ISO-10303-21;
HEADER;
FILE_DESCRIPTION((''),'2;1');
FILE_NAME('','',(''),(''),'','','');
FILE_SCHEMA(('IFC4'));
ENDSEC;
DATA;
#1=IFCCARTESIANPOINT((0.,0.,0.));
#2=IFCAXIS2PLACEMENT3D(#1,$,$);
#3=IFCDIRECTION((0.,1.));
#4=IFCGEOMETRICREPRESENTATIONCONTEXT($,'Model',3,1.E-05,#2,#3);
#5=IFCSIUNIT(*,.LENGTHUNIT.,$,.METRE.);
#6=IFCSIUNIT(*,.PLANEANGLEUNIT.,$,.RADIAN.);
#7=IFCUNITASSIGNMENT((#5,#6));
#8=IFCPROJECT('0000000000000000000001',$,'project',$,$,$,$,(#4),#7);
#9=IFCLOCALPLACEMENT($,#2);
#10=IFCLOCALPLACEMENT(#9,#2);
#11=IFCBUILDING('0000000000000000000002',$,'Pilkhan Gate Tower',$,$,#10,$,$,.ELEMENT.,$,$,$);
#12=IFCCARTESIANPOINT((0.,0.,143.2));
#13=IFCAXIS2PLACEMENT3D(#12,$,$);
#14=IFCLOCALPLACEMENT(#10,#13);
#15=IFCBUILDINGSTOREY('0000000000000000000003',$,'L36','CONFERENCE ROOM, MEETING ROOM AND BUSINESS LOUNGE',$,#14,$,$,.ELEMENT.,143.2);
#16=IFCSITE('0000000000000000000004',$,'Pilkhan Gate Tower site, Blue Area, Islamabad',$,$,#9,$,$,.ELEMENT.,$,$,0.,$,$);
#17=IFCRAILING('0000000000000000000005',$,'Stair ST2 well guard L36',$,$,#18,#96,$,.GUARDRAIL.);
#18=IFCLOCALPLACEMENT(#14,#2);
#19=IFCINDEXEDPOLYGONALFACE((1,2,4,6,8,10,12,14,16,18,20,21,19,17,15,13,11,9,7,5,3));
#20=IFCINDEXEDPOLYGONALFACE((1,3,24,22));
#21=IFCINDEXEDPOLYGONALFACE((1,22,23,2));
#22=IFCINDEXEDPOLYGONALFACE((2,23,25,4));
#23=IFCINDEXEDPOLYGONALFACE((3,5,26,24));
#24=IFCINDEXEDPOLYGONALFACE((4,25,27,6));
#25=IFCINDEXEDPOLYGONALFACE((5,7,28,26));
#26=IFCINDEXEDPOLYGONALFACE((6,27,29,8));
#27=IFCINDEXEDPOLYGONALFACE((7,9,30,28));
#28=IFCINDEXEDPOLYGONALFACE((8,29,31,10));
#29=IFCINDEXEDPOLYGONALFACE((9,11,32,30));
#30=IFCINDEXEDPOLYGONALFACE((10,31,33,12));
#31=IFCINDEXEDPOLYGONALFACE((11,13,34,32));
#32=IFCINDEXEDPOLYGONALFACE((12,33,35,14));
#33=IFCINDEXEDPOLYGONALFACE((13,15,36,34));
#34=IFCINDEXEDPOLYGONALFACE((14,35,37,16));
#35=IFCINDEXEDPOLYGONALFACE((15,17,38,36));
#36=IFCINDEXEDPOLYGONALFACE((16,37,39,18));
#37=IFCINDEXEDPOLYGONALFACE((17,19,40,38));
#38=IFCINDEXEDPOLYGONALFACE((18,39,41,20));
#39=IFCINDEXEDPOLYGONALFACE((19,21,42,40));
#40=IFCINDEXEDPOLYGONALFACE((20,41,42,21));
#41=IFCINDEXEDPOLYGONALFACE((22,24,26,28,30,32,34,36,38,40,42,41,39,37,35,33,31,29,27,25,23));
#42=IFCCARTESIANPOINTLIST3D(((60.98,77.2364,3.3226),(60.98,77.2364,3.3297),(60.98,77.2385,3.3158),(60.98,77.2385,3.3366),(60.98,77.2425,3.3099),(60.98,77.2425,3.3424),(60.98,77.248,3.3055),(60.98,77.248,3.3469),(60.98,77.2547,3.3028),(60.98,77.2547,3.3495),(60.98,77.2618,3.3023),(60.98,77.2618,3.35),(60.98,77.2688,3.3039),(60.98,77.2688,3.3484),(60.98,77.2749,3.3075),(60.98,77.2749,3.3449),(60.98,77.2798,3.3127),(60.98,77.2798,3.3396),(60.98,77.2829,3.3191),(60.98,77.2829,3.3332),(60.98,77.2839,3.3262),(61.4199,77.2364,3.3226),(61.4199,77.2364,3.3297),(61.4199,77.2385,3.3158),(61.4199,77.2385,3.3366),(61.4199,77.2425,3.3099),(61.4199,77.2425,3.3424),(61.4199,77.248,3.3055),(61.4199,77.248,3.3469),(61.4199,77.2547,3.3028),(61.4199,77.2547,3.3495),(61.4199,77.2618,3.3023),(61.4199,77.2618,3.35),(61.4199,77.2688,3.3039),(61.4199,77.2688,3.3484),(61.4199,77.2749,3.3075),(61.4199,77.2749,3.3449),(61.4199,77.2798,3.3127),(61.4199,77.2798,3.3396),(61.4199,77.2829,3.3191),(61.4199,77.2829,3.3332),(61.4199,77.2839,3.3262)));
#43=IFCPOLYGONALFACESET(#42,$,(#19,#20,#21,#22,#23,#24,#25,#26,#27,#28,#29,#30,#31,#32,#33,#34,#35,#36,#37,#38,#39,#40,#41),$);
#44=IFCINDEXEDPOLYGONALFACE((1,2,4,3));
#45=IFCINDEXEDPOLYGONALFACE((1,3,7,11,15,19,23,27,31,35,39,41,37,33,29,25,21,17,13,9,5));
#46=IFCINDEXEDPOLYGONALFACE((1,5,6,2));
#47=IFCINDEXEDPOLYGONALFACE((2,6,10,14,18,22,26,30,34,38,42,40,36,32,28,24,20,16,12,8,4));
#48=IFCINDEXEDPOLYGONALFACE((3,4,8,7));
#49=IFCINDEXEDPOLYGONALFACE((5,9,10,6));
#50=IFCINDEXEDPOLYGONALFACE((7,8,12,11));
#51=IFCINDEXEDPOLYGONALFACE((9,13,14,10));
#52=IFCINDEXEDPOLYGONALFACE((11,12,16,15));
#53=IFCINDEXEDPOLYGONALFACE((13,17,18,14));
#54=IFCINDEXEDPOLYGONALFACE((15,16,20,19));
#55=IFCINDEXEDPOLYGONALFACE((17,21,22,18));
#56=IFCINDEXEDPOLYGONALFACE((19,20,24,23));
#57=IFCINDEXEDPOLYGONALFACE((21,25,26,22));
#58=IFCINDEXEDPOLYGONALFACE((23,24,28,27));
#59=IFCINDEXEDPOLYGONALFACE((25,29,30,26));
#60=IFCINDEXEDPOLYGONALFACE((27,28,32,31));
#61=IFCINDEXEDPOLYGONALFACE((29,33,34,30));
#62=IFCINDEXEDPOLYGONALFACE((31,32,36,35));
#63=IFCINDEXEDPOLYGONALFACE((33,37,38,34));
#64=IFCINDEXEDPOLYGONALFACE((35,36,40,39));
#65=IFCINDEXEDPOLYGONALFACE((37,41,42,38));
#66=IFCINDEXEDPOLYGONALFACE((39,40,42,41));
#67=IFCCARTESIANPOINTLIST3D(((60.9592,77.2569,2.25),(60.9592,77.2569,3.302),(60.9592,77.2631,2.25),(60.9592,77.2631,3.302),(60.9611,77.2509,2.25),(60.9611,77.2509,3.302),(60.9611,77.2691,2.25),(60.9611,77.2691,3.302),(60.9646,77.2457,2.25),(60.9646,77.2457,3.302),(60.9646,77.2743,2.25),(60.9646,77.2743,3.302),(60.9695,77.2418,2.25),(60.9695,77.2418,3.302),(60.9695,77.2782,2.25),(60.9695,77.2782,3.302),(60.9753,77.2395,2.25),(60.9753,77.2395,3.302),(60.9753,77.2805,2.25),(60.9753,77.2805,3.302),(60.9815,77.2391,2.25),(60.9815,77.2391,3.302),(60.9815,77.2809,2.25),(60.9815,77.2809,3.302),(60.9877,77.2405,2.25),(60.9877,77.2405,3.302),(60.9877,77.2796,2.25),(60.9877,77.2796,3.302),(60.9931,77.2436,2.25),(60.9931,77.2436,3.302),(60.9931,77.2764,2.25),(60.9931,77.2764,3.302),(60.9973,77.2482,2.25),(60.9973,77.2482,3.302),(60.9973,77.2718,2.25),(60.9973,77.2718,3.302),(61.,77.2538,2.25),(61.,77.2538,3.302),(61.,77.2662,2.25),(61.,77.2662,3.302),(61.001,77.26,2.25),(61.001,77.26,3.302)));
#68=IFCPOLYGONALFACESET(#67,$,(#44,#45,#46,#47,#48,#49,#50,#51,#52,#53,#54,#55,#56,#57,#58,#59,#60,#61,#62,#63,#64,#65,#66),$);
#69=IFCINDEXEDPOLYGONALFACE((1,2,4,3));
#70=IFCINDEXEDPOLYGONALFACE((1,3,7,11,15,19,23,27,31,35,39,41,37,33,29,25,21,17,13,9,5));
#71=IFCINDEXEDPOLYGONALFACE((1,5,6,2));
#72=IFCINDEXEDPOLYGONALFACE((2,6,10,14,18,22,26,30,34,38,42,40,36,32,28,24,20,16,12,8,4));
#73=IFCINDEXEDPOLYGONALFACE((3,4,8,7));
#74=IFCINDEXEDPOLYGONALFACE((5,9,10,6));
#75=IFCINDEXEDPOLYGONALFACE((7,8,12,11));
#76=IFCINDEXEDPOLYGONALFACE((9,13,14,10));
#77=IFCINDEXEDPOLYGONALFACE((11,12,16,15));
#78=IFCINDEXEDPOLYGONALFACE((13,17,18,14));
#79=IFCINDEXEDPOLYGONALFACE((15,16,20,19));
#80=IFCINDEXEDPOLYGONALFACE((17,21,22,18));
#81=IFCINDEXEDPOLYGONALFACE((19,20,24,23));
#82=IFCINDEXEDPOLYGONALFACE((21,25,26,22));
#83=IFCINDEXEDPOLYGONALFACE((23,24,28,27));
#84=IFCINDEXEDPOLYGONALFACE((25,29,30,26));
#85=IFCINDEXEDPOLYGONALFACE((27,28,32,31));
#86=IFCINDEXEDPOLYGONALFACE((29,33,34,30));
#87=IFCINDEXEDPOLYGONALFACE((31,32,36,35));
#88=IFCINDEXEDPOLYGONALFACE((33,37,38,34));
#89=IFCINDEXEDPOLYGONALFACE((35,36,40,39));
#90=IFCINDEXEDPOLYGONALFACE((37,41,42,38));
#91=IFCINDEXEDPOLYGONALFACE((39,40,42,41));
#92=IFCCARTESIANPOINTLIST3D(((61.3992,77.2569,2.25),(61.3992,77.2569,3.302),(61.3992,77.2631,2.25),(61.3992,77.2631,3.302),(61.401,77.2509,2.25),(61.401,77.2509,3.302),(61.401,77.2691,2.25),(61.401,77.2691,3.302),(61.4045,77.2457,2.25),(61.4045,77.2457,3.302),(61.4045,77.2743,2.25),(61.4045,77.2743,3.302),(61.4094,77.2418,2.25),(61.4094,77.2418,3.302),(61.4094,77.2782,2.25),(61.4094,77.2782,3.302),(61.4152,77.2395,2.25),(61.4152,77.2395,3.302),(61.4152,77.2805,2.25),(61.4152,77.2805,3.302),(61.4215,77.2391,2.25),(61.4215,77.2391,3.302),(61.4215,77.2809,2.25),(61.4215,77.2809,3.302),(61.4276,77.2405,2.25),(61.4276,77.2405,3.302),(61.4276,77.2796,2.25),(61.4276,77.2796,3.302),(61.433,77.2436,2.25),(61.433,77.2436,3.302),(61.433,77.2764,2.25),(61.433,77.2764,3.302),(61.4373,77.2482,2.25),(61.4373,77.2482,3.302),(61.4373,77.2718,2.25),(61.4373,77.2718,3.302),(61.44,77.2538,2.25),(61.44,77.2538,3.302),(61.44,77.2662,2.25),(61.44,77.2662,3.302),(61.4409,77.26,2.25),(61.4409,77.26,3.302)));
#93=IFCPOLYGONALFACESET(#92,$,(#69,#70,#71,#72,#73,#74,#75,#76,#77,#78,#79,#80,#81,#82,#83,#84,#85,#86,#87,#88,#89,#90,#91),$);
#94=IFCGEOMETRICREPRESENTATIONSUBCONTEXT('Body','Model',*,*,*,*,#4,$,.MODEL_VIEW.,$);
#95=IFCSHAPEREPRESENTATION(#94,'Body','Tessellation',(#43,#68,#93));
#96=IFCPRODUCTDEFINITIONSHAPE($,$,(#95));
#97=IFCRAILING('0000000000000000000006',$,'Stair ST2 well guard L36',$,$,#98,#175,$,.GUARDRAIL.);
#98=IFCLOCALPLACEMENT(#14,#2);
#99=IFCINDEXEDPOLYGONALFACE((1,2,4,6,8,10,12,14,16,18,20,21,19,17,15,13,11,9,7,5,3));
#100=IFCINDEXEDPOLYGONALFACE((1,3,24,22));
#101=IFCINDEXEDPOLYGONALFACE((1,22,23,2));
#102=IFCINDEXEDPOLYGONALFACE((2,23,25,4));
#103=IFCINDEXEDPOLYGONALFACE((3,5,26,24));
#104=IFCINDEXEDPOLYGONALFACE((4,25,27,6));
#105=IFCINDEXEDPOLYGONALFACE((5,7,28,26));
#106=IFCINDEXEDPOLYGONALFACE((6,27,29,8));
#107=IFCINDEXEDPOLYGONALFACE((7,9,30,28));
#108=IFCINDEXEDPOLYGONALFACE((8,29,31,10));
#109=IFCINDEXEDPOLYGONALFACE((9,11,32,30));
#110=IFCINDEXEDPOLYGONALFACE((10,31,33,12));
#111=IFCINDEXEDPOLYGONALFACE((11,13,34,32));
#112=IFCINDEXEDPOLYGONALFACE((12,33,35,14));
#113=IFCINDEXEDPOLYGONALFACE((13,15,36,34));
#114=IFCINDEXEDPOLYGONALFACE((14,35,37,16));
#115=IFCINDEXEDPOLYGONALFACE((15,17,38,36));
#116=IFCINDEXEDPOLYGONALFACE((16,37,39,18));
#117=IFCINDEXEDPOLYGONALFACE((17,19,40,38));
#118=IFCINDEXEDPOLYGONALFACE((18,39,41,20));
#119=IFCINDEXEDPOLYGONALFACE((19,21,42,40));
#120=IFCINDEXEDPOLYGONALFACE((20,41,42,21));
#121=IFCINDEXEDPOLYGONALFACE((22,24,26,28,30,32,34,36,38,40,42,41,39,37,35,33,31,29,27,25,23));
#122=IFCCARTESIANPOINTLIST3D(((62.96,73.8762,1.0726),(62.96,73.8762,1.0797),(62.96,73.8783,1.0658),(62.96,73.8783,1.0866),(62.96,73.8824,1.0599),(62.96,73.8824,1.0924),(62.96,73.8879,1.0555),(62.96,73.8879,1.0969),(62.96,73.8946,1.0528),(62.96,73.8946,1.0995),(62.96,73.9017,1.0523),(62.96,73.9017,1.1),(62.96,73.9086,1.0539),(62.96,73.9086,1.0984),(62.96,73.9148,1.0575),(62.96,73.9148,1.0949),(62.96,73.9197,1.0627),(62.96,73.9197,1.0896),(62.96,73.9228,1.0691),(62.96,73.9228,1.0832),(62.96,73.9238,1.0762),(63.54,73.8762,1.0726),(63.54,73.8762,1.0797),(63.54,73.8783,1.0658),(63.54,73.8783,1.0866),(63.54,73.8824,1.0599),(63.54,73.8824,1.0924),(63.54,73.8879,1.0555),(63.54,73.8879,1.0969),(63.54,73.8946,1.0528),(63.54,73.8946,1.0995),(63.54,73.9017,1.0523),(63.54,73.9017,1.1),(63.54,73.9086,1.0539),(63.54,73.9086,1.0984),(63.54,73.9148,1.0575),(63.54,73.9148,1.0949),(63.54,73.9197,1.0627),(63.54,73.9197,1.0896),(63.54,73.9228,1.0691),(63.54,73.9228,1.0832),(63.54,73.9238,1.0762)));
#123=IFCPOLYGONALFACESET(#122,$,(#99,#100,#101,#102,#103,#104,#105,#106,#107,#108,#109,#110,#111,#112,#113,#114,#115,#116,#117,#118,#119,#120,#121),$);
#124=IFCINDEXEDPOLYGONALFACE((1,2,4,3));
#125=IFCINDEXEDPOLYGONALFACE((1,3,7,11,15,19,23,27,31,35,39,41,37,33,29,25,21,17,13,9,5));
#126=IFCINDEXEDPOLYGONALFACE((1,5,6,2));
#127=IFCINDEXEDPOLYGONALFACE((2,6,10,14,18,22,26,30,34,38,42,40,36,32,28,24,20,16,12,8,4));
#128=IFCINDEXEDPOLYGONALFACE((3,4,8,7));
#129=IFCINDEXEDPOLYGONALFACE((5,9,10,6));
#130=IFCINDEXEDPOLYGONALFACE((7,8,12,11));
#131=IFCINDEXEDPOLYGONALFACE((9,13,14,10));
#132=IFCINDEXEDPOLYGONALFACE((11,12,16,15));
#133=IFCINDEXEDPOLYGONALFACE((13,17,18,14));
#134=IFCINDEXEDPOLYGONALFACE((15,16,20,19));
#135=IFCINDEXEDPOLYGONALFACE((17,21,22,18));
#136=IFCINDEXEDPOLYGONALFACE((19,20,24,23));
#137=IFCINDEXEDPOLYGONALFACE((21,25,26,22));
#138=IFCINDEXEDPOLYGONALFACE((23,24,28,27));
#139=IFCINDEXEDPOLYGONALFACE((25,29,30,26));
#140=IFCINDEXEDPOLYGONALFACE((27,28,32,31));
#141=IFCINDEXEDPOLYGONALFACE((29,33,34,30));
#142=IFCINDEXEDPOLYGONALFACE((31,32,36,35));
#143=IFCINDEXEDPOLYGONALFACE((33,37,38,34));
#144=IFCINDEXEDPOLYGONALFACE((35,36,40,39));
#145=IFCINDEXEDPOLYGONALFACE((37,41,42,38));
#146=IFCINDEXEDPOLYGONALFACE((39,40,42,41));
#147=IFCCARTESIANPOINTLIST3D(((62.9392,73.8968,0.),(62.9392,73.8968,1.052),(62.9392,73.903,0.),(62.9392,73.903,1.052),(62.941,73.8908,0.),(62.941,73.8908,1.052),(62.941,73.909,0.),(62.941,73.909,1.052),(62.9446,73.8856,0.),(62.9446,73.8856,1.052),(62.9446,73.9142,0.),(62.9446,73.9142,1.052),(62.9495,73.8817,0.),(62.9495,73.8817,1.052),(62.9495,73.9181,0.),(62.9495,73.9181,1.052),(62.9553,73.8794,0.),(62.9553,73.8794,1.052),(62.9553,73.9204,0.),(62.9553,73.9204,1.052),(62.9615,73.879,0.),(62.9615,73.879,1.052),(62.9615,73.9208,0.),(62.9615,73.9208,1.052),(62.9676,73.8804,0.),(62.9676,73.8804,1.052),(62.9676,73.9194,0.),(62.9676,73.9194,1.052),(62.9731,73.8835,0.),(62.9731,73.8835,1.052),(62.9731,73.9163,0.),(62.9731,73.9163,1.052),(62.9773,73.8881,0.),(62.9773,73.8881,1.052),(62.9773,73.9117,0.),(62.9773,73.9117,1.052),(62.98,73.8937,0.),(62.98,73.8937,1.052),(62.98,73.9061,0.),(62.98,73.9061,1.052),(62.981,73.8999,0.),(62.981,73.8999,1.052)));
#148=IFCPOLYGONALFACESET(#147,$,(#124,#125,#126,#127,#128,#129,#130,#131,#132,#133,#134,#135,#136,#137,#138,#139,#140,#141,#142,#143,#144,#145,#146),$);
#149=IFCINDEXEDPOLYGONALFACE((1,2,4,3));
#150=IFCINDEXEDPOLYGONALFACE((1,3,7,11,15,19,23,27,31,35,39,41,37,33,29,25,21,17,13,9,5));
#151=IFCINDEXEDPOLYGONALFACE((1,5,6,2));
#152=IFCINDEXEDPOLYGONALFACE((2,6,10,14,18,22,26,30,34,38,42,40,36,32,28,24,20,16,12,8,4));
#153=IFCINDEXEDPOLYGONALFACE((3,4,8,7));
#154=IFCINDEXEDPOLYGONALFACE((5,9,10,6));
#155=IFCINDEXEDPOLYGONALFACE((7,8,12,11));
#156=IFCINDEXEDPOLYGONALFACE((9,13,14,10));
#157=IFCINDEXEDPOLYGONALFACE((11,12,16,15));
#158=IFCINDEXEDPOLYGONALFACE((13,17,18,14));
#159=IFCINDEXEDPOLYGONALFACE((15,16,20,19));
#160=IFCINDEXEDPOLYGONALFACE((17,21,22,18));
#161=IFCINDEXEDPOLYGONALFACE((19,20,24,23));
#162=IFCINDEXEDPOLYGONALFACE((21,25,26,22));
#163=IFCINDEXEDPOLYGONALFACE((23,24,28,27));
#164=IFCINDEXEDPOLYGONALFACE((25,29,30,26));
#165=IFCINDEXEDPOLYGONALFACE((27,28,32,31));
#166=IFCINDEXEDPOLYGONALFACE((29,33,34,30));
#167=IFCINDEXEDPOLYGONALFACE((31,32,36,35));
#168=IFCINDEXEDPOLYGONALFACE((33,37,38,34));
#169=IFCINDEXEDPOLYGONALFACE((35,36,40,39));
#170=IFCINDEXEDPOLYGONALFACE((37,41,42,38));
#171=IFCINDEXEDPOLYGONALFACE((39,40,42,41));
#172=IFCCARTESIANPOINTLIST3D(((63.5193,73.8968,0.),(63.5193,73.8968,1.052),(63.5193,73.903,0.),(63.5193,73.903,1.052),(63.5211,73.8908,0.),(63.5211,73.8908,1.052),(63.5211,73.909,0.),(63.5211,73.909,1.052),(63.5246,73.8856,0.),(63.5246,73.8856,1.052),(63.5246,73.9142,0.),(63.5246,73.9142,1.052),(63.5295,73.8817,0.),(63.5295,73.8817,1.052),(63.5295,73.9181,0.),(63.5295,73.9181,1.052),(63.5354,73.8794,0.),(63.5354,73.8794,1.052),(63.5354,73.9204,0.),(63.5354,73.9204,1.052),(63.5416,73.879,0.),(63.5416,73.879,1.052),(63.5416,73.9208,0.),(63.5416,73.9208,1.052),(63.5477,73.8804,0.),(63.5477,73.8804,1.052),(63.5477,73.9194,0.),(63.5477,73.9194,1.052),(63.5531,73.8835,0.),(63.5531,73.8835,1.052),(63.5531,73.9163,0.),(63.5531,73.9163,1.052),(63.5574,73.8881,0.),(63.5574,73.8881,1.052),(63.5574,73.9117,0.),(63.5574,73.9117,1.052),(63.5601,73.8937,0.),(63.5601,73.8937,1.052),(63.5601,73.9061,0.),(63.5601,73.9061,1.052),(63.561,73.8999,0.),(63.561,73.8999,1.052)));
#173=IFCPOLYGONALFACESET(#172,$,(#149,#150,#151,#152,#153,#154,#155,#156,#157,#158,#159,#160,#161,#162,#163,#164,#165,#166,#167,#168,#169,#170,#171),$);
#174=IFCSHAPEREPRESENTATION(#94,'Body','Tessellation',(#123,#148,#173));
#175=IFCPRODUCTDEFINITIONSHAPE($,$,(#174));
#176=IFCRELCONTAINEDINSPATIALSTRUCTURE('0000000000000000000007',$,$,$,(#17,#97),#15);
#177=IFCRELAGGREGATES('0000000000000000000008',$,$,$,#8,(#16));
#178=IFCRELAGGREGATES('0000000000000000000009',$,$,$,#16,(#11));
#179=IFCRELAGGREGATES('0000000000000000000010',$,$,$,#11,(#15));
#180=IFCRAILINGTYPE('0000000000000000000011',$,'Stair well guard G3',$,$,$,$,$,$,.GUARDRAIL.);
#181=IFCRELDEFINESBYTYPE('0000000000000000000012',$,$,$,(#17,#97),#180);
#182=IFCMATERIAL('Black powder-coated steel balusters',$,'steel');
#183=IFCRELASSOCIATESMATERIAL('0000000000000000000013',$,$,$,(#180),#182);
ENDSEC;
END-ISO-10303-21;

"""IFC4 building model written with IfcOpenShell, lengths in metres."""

from ifc_helpers import new_model, si_unit, direction, frame, origin, origin_2d, place, context, subcontext, project, spatial, circle, extrude, material, type_object, element, save


model = new_model("IFC4")

# Units and contexts
model_context = context("Model", 3, precision=1e-05, world=origin(), true_north=direction((0.0, 1.0)))
body_context = subcontext(model_context, "Body", "Model", "MODEL_VIEW")
ifc_project = project(units=[si_unit("LENGTHUNIT", "METRE"), si_unit("PLANEANGLEUNIT", "RADIAN")], contexts=[model_context])

# Site, building, storey
site_placement = place(None, origin())
site = spatial("IfcSite", under=ifc_project, at=site_placement, Name="Pilkhan Gate Tower site, Blue Area, Islamabad", CompositionType="ELEMENT", RefElevation=0.0)
building_placement = place(site_placement, origin())
building = spatial("IfcBuilding", under=site, at=building_placement, Name="Pilkhan Gate Tower", CompositionType="ELEMENT")
storey_placement = place(building_placement, frame((0.0, 0.0, 143.2)))
storey = spatial("IfcBuildingStorey", under=building, at=storey_placement, Name="L36", Description="CONFERENCE ROOM, MEETING ROOM AND BUSINESS LOUNGE", CompositionType="ELEMENT", Elevation=143.2)

# Railings
ifc_material_1 = material(Name="Black powder-coated steel balusters", Category="steel")
railing_type_1 = type_object("IfcRailingType", Name="Stair well guard G3", PredefinedType="GUARDRAIL", material=ifc_material_1)
railing_1_placement = place(storey_placement, frame((60.98, 77.26, 2.25)))
element("IfcRailing", 1, at=railing_1_placement, inside=storey, type_object=railing_type_1, Name="Stair ST2 well guard L36", PredefinedType="GUARDRAIL", context=body_context, shape_type="SweptSolid", body=[
    extrude(circle(Radius=0.0239, at=origin_2d()), frame((0.0, 0.0, 1.0762), z_axis=(1.0, 0.0, 0.0), x_axis=(0.0, 1.0, 0.0)), (0.0, 0.0, 1.0), 0.4399),
    extrude(circle(Radius=0.021, at=origin_2d()), origin(), (0.0, 0.0, 1.0), 1.052),
    extrude(circle(Radius=0.021, at=origin_2d()), frame((0.4399, 0.0, 0.0)), (0.0, 0.0, 1.0), 1.052),
])
for number, where, name in (
    (2, (62.96, 73.8999, 0.0), "Stair ST2 well guard L36"),
):
    element("IfcRailing", number, at=place(storey_placement, frame(where)), inside=storey, type_object=railing_type_1, Name=name, PredefinedType="GUARDRAIL", context=body_context, shape_type="SweptSolid", body=[
        extrude(circle(Radius=0.0239, at=origin_2d()), frame((0.0, 0.0, 1.0762), z_axis=(1.0, 0.0, 0.0), x_axis=(0.0, 1.0, 0.0)), (0.0, 0.0, 1.0), 0.5801),
        extrude(circle(Radius=0.021, at=origin_2d()), origin(), (0.0, 0.0, 1.0), 1.052),
        extrude(circle(Radius=0.021, at=origin_2d()), frame((0.5801, 0.0, 0.0)), (0.0, 0.0, 1.0), 1.052),
    ])

save(model, "model.ifc")
